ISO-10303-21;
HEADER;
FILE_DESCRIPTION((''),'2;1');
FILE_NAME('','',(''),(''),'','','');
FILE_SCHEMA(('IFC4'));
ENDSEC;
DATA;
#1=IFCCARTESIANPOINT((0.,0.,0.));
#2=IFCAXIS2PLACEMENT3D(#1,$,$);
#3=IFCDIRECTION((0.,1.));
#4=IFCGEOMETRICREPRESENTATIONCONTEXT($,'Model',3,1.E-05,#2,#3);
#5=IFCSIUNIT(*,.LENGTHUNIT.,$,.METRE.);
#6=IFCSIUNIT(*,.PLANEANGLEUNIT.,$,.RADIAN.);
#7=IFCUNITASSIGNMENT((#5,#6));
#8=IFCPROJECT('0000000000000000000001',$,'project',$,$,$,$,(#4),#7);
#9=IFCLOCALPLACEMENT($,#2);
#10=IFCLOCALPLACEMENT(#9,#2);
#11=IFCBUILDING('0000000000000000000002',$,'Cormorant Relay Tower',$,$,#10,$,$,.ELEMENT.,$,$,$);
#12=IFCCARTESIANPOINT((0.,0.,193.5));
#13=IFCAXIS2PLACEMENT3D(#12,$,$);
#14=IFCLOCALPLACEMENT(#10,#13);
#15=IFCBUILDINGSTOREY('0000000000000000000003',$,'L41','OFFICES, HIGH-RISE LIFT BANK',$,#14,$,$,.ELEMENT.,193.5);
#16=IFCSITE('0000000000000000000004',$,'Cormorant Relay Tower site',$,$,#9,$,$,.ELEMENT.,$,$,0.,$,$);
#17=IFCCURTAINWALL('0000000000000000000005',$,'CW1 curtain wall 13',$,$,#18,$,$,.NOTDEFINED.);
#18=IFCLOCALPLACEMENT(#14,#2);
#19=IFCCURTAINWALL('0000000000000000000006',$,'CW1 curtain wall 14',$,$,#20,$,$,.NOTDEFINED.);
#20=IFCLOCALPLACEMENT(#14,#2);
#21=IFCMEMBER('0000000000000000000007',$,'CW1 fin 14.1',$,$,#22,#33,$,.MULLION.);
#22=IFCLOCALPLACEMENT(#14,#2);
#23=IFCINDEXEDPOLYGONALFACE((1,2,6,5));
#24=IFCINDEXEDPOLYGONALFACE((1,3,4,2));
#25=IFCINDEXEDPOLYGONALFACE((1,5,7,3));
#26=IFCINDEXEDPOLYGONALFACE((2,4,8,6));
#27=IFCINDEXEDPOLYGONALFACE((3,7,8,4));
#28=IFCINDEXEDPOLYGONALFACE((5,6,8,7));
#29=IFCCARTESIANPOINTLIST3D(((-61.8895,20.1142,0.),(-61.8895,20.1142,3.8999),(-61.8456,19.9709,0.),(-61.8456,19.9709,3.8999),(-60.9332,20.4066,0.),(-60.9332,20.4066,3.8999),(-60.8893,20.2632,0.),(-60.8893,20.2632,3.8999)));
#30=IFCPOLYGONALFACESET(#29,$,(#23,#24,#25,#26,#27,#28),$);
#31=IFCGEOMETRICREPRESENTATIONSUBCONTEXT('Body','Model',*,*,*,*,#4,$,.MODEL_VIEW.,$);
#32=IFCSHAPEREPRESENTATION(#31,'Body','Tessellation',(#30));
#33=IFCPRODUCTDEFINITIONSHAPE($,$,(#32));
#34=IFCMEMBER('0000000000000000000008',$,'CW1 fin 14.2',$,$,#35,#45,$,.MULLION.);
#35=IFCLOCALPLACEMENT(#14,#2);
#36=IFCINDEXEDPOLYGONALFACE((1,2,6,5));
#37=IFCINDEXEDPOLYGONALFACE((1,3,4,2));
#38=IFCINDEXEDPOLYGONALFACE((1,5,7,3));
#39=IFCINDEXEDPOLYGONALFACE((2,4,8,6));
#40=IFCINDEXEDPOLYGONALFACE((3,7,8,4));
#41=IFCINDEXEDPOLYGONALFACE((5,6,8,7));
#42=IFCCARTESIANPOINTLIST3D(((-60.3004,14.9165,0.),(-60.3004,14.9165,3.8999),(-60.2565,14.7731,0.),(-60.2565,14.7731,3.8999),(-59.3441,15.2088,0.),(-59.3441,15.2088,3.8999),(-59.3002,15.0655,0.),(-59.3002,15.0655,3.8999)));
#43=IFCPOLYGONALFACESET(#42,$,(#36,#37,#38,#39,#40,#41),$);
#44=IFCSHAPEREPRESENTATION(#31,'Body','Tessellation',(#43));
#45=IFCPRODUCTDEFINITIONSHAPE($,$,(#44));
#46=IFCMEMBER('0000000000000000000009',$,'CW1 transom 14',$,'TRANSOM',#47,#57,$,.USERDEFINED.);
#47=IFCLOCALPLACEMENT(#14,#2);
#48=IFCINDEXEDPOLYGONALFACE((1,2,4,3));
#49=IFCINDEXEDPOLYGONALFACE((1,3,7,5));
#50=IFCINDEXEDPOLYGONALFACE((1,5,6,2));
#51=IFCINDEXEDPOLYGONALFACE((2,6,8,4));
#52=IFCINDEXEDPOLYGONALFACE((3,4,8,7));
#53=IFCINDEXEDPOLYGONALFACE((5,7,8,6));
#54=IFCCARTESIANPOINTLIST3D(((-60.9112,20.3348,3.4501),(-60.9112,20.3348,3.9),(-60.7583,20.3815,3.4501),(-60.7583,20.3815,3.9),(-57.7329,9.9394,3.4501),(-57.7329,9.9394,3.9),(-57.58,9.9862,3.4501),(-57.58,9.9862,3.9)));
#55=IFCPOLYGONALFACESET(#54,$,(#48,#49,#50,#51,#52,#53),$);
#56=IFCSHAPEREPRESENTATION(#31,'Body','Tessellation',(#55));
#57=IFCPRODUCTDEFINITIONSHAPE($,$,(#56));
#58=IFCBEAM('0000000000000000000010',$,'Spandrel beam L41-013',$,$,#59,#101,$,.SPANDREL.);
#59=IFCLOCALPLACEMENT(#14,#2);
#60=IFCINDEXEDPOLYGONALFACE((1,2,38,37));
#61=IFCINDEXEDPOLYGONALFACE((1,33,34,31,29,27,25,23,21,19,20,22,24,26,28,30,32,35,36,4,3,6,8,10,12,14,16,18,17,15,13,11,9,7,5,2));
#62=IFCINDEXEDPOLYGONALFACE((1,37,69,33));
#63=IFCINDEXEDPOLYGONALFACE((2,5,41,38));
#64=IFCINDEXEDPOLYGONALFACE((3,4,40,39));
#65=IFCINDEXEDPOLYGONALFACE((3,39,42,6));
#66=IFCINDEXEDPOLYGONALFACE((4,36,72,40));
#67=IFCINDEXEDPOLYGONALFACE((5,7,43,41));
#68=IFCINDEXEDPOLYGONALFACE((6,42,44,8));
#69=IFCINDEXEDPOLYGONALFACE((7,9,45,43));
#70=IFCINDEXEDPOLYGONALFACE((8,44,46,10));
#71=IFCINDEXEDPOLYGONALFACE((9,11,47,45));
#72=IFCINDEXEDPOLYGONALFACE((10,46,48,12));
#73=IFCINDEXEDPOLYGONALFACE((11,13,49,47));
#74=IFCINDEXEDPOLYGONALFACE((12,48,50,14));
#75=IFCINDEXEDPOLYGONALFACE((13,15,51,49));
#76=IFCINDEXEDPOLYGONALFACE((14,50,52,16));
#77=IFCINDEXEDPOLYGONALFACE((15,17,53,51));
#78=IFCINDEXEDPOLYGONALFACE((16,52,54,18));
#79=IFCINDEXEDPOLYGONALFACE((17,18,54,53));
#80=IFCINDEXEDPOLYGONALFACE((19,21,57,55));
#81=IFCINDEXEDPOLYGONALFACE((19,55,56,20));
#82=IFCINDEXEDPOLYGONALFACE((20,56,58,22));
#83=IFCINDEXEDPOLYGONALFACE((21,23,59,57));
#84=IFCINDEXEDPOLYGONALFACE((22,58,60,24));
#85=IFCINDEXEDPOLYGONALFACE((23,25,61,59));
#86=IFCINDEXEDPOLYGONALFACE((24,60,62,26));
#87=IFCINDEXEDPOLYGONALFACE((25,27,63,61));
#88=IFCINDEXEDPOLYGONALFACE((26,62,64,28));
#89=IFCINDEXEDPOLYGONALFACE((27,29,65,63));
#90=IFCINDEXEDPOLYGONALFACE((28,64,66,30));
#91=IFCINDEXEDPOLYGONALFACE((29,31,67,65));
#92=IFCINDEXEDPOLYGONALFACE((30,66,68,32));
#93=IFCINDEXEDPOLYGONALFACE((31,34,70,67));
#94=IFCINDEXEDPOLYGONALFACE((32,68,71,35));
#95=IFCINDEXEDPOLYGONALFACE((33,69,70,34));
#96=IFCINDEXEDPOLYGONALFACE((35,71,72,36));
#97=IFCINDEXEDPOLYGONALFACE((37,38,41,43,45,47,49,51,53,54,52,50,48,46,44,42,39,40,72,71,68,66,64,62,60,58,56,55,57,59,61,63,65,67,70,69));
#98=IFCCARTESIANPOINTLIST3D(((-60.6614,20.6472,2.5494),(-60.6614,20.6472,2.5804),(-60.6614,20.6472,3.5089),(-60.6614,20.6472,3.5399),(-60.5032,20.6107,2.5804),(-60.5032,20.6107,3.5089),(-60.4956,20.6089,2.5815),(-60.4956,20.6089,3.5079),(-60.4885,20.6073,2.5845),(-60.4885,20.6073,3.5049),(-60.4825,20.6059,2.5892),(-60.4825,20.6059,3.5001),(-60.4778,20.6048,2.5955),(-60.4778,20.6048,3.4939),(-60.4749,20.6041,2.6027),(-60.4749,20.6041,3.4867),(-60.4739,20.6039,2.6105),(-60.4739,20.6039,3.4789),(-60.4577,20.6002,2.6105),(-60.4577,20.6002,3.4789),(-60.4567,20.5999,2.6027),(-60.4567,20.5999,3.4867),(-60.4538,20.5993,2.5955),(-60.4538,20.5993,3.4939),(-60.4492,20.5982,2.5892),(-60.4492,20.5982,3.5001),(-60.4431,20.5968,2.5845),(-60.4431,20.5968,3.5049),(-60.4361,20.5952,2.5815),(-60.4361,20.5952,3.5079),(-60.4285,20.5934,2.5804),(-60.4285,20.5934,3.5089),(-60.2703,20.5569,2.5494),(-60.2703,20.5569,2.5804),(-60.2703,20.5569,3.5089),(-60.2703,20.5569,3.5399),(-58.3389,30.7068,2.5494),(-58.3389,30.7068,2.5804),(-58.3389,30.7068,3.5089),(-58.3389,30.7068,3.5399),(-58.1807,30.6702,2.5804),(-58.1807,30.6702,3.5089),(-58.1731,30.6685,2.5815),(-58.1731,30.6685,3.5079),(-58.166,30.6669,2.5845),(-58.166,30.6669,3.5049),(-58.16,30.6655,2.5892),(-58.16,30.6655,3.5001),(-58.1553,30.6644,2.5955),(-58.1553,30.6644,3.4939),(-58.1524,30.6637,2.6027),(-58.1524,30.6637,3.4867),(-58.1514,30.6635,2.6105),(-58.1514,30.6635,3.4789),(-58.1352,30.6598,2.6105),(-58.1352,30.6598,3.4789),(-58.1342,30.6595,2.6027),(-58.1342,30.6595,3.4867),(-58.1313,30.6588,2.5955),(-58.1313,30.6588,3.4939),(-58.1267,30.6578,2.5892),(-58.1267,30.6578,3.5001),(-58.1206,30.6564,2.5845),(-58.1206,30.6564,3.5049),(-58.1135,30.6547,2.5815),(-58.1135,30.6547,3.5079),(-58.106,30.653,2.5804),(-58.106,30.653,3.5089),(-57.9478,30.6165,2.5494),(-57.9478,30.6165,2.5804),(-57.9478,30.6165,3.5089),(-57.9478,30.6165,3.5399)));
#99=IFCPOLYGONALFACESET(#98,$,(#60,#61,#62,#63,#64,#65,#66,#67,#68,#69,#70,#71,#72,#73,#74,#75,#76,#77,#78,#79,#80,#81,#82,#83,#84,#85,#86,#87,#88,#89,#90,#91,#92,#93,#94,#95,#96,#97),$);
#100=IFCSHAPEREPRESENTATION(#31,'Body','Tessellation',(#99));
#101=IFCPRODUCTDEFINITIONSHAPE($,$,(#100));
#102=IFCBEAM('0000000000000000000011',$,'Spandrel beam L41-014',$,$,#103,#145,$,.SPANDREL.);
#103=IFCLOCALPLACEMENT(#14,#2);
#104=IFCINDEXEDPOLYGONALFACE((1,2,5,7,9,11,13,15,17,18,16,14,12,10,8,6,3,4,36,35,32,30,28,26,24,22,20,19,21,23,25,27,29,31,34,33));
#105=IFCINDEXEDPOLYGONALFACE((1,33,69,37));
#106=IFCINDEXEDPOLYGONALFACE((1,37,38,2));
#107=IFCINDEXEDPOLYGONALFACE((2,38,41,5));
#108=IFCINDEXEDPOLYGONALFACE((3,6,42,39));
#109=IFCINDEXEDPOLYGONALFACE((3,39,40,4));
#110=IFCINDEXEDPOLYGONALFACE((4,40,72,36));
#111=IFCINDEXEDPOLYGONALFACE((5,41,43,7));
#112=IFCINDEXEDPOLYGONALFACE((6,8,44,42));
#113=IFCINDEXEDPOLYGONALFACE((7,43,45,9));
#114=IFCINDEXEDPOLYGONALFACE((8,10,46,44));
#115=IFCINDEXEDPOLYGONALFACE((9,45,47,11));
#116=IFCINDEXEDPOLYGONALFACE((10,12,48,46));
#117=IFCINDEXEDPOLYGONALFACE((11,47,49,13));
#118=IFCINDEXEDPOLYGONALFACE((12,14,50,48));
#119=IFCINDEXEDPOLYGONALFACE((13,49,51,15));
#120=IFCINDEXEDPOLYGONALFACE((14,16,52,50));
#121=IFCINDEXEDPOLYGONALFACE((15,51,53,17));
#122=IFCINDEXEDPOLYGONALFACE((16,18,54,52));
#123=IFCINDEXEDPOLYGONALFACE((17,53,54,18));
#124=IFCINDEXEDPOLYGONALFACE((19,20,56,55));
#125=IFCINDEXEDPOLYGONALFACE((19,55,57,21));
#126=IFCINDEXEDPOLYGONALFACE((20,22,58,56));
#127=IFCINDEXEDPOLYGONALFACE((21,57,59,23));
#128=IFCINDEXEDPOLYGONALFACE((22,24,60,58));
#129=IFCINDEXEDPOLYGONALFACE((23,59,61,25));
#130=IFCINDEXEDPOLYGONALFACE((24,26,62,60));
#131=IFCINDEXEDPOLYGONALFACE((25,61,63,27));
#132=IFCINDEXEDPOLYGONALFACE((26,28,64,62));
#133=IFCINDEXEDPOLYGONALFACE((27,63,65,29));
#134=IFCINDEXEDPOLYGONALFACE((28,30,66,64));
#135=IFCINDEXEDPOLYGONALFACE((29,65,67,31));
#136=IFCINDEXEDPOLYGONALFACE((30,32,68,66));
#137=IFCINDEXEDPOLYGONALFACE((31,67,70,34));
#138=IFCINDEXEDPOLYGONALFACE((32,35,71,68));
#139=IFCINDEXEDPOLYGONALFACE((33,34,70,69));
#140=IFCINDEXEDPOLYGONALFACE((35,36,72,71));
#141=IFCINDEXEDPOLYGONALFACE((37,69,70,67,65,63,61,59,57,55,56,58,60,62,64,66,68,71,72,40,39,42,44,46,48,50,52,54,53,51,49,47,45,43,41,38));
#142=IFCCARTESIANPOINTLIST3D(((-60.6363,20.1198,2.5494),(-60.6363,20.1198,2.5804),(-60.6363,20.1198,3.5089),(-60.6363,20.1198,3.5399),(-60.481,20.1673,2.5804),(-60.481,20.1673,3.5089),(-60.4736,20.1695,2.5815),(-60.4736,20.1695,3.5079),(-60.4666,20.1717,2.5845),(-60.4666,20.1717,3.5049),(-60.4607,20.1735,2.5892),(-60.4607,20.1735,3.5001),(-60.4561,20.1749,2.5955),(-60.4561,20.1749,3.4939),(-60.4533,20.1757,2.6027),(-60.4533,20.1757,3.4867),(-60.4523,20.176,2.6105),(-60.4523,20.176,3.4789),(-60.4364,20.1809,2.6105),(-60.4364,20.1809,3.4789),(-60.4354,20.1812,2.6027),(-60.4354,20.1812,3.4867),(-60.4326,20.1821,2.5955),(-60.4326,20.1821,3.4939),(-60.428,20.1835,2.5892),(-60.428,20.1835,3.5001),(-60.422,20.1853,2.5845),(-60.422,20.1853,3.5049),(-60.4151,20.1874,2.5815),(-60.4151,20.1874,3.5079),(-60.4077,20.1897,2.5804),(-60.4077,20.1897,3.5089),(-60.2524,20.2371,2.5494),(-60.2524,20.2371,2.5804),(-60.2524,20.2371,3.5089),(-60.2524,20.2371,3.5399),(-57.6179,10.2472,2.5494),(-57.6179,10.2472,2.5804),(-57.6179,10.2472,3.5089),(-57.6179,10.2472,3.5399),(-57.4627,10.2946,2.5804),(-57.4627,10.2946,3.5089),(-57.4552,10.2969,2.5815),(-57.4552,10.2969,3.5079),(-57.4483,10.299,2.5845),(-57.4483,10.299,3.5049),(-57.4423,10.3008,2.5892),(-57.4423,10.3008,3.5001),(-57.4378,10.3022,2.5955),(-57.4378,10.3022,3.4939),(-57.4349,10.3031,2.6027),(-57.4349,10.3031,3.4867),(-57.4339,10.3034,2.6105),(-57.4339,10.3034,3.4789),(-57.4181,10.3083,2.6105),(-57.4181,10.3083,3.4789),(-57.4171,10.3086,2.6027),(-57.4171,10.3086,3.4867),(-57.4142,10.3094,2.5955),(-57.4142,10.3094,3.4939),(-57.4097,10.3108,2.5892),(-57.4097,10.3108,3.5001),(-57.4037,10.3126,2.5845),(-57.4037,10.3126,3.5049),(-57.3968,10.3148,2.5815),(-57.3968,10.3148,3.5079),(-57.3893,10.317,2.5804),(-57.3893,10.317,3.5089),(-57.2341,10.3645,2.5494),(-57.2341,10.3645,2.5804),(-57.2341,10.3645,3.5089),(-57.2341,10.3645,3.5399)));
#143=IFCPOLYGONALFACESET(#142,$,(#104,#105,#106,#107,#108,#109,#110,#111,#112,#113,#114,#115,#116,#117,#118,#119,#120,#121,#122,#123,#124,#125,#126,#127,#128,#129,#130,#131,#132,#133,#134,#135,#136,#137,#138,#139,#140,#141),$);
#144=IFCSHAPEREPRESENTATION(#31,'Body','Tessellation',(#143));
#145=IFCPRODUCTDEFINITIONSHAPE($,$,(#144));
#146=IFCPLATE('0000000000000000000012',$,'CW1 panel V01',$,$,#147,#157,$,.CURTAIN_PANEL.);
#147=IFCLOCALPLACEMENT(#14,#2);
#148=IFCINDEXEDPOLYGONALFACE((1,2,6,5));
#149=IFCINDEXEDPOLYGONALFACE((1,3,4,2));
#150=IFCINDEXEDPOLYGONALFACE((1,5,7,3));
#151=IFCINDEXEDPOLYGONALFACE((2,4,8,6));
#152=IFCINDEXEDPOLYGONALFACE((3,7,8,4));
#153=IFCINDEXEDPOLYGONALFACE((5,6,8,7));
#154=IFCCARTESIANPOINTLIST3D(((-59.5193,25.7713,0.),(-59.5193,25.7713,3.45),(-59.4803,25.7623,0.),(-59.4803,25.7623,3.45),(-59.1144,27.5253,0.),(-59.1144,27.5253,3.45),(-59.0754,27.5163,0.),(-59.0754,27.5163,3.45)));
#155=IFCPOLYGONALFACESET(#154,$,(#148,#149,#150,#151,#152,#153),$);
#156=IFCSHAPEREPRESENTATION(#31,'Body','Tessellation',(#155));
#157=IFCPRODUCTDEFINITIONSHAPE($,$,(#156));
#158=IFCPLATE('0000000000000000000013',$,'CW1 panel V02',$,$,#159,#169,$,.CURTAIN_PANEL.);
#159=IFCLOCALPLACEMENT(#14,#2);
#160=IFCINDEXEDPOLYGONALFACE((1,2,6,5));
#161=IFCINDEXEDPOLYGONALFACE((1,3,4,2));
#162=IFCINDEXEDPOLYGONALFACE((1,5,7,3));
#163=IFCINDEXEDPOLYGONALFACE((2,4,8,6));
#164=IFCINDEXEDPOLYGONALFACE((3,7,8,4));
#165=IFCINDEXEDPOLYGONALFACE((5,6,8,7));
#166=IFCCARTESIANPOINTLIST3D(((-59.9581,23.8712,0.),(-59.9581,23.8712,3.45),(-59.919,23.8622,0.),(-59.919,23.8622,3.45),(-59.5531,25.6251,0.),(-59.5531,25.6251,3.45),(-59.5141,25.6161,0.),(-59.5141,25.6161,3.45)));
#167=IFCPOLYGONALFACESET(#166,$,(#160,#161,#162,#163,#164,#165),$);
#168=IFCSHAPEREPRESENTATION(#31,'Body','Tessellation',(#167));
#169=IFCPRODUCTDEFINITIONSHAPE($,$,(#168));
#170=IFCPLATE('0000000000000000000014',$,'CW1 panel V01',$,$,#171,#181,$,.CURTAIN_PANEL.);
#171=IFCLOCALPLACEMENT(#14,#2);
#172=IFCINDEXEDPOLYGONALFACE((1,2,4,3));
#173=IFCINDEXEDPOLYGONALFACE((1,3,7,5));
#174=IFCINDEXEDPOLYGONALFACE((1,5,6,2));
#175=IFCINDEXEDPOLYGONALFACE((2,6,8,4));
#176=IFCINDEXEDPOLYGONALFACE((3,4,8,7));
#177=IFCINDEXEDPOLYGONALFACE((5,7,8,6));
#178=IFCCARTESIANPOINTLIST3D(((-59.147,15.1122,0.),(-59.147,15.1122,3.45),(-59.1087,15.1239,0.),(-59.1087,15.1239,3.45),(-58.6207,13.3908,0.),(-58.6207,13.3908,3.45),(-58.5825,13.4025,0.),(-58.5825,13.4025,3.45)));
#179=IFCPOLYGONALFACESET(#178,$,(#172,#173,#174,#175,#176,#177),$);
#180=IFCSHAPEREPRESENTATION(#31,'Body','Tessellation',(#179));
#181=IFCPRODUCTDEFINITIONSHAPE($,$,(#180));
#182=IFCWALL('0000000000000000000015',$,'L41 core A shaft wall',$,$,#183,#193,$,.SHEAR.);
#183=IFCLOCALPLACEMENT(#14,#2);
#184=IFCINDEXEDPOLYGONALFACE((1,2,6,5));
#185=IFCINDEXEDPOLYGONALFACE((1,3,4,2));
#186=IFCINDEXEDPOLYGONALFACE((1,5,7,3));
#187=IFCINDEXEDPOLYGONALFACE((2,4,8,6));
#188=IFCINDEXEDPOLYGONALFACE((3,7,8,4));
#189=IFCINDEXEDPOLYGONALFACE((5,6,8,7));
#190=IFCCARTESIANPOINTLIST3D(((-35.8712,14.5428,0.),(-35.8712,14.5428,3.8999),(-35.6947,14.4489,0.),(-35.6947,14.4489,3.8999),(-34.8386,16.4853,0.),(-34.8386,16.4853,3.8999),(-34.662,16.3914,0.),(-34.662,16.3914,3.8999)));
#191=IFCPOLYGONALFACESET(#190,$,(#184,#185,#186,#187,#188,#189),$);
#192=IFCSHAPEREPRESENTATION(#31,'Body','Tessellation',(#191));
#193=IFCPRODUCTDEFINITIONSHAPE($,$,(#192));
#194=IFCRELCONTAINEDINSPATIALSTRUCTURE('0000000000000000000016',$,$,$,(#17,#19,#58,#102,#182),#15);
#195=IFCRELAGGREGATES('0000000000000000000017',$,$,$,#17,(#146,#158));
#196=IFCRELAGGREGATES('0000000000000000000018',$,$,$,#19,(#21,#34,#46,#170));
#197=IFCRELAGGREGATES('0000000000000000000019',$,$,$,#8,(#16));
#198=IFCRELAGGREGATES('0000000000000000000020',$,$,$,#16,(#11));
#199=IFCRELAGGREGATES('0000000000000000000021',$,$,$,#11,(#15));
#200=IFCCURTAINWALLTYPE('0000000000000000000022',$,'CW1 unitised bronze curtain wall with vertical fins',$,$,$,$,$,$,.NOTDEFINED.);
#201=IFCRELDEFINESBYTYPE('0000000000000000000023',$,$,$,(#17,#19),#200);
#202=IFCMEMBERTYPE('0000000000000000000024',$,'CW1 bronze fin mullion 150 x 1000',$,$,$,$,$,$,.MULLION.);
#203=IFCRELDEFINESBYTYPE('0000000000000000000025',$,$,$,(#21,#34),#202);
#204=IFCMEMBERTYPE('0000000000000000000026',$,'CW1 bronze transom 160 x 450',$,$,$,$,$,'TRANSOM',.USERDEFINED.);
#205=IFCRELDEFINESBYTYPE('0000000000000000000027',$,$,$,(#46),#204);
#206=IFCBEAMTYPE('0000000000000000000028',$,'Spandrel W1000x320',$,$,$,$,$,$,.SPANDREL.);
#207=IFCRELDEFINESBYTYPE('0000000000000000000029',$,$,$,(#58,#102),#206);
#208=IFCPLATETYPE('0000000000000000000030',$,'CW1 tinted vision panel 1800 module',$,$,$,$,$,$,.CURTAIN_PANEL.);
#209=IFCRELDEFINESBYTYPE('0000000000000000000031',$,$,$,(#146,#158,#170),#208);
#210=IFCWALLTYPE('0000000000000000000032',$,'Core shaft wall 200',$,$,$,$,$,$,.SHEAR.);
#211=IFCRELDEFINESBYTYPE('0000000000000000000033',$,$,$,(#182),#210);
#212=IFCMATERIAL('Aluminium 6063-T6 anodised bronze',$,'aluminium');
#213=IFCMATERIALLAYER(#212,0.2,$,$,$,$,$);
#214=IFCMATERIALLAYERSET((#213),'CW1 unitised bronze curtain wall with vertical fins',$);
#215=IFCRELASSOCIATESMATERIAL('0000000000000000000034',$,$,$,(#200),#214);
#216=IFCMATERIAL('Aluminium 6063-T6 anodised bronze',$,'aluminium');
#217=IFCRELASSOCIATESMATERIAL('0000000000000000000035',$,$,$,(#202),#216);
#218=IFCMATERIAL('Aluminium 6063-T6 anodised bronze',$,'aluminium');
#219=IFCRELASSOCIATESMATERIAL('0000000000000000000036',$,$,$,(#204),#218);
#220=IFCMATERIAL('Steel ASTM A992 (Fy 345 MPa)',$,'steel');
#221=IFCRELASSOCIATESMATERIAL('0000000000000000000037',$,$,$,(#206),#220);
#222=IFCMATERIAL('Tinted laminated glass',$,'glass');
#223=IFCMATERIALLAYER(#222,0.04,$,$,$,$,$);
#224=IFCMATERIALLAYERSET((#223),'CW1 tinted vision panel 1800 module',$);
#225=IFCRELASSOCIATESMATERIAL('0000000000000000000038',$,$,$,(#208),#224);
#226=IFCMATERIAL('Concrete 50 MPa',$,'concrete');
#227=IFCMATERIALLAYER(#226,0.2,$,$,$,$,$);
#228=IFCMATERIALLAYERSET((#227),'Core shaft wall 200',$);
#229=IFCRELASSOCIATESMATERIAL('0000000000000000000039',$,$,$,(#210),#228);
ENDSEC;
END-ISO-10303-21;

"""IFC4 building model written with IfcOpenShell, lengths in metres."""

from ifc_helpers import new_model, si_unit, direction, frame, frame_2d, origin, origin_2d, place, context, subcontext, project, spatial, rectangle, i_section, extrude, material, layer, layer_set, material_profile, profile_set, type_object, element, aggregate, save


model = new_model("IFC4")

# Units and contexts
model_context = context("Model", 3, precision=1e-05, world=origin(), true_north=direction((0.0, 1.0)))
body_context = subcontext(model_context, "Body", "Model", "MODEL_VIEW")
ifc_project = project(units=[si_unit("LENGTHUNIT", "METRE"), si_unit("PLANEANGLEUNIT", "RADIAN")], contexts=[model_context])

# Site, building, storey
site_placement = place(None, origin())
site = spatial("IfcSite", under=ifc_project, at=site_placement, Name="Cormorant Relay Tower site", CompositionType="ELEMENT", RefElevation=0.0)
building_placement = place(site_placement, origin())
building = spatial("IfcBuilding", under=site, at=building_placement, Name="Cormorant Relay Tower", CompositionType="ELEMENT")
storey_placement = place(building_placement, frame((0.0, 0.0, 193.5)))
storey = spatial("IfcBuildingStorey", under=building, at=storey_placement, Name="L41", Description="OFFICES, HIGH-RISE LIFT BANK", CompositionType="ELEMENT", Elevation=193.5)

# Curtain wall
ifc_material_1 = material(Name="Aluminium 6063-T6 anodised bronze", Category="aluminium")
ifc_layer_1 = layer(ifc_material_1, 0.2)
ifc_layer_set_1 = layer_set([ifc_layer_1], Name="CW1 unitised bronze curtain wall with vertical fins")
curtain_wall_type = type_object("IfcCurtainWallType", Name="CW1 unitised bronze curtain wall with vertical fins", PredefinedType="NOTDEFINED", material=ifc_layer_set_1)
curtain_wall_1_placement = place(storey_placement, origin())
curtain_wall_1 = element("IfcCurtainWall", 1, at=curtain_wall_1_placement, inside=storey, type_object=curtain_wall_type, Name="CW1 curtain wall 13", PredefinedType="NOTDEFINED")
ifc_material_2 = material(Name="Aluminium 6063-T6 anodised bronze", Category="aluminium")
ifc_material_profile_1 = material_profile(ifc_material_2, rectangle(XDim=0.1499, YDim=1.0, at=origin_2d()), Name="AL 150x1000")
ifc_profile_set_1 = profile_set([ifc_material_profile_1], Name="Aluminium 6063-T6 anodised bronze")
member_type_1 = type_object("IfcMemberType", Name="CW1 bronze fin mullion 150 x 1000", PredefinedType="MULLION", material=ifc_profile_set_1)

# Curtain wall, members
curtain_wall_2_placement = place(storey_placement, origin())
curtain_wall_2 = element("IfcCurtainWall", 2, at=curtain_wall_2_placement, inside=storey, type_object=curtain_wall_type, Name="CW1 curtain wall 14", PredefinedType="NOTDEFINED")
member_1_placement = place(storey_placement, frame((-61.3894, 20.1887, 0.0), z_axis=(0.0, 0.0, 1.0), x_axis=(0.292372, -0.956305, 0.0)))
member_1 = element("IfcMember", 3, at=member_1_placement, type_object=member_type_1, Name="CW1 fin 14.1", PredefinedType="MULLION", context=body_context, shape_type="SweptSolid", body=[
    extrude(rectangle(XDim=0.1499, YDim=1.0, at=origin_2d()), origin(), (0.0, 0.0, 1.0), 3.8999),
])
member_2_placement = place(storey_placement, frame((-59.8003, 14.991, 0.0), z_axis=(0.0, 0.0, 1.0), x_axis=(0.292372, -0.956305, 0.0)))
member_2 = element("IfcMember", 4, at=member_2_placement, type_object=member_type_1, Name="CW1 fin 14.2", PredefinedType="MULLION", context=body_context, shape_type="SweptSolid", body=[
    extrude(rectangle(XDim=0.1499, YDim=1.0, at=origin_2d()), origin(), (0.0, 0.0, 1.0), 3.8999),
])
ifc_material_3 = material(Name="Aluminium 6063-T6 anodised bronze", Category="aluminium")
ifc_material_profile_2 = material_profile(ifc_material_3, rectangle(XDim=0.1599, YDim=0.45, at=origin_2d()), Name="AL 160x450")
ifc_profile_set_2 = profile_set([ifc_material_profile_2], Name="Aluminium 6063-T6 anodised bronze")
member_type_2 = type_object("IfcMemberType", Name="CW1 bronze transom 160 x 450", ElementType="TRANSOM", PredefinedType="USERDEFINED", material=ifc_profile_set_2)
member_3_placement = place(storey_placement, frame((-60.8347, 20.3582, 3.675), z_axis=(0.292378, -0.956303, 0.0), x_axis=(0.956303, 0.292378, 0.0)))
member_3 = element("IfcMember", 5, at=member_3_placement, type_object=member_type_2, Name="CW1 transom 14", ObjectType="TRANSOM", PredefinedType="USERDEFINED", context=body_context, shape_type="SweptSolid", body=[
    extrude(rectangle(XDim=0.1599, YDim=0.45, at=origin_2d()), origin(), (0.0, 0.0, 1.0), 10.8704),
])

# Beams
ifc_material_4 = material(Name="Steel ASTM A992 (Fy 345 MPa)", Category="steel")
ifc_material_profile_3 = material_profile(ifc_material_4, i_section(OverallWidth=0.4014, OverallDepth=0.9905, WebThickness=0.0166, FlangeThickness=0.031, FilletRadius=0.03, at=origin_2d()), Name="W1000x320")
ifc_profile_set_3 = profile_set([ifc_material_profile_3], Name="Steel ASTM A992 (Fy 345 MPa)")
beam_type = type_object("IfcBeamType", Name="Spandrel W1000x320", PredefinedType="SPANDREL", material=ifc_profile_set_3)
beam_1_placement = place(storey_placement, frame((-58.1433, 30.6616, 3.0447), z_axis=(-0.224958, -0.974368, 0.0), x_axis=(0.974368, -0.224958, 0.0)))
element("IfcBeam", 6, at=beam_1_placement, inside=storey, type_object=beam_type, Name="Spandrel beam L41-013", PredefinedType="SPANDREL", context=body_context, shape_type="SweptSolid", body=[
    extrude(i_section(OverallWidth=0.4014, OverallDepth=0.9905, WebThickness=0.0166, FlangeThickness=0.031, FilletRadius=0.03, at=origin_2d()), origin(), (0.0, 0.0, 1.0), 10.3242),
])
beam_2_placement = place(storey_placement, frame((-60.4443, 20.1785, 3.0447), z_axis=(0.292369, -0.956306, 0.0), x_axis=(0.956306, 0.292369, 0.0)))
element("IfcBeam", 7, at=beam_2_placement, inside=storey, type_object=beam_type, Name="Spandrel beam L41-014", PredefinedType="SPANDREL", context=body_context, shape_type="SweptSolid", body=[
    extrude(i_section(OverallWidth=0.4014, OverallDepth=0.9905, WebThickness=0.0166, FlangeThickness=0.031, FilletRadius=0.03, at=origin_2d()), origin(), (0.0, 0.0, 1.0), 10.3237),
])

# Plates
ifc_material_5 = material(Name="Tinted laminated glass", Category="glass")
ifc_layer_2 = layer(ifc_material_5, 0.04)
ifc_layer_set_2 = layer_set([ifc_layer_2], Name="CW1 tinted vision panel 1800 module")
plate_type = type_object("IfcPlateType", Name="CW1 tinted vision panel 1800 module", PredefinedType="CURTAIN_PANEL", material=ifc_layer_set_2)
plate_1_placement = place(storey_placement, frame((-59.2974, 26.6438, 0.0), z_axis=(0.0, 0.0, 1.0), x_axis=(-0.224951, -0.97437, 0.0)))
plate_1 = element("IfcPlate", 8, at=plate_1_placement, type_object=plate_type, Name="CW1 panel V01", PredefinedType="CURTAIN_PANEL", context=body_context, shape_type="SweptSolid", body=[
    extrude(rectangle(XDim=1.8, YDim=0.04, at=origin_2d()), origin(), (0.0, 0.0, 1.0), 3.45),
])
plate_2_placement = place(storey_placement, frame((-59.7361, 24.7437, 0.0), z_axis=(0.0, 0.0, 1.0), x_axis=(-0.224951, -0.97437, 0.0)))
plate_2 = element("IfcPlate", 9, at=plate_2_placement, type_object=plate_type, Name="CW1 panel V02", PredefinedType="CURTAIN_PANEL", context=body_context, shape_type="SweptSolid", body=[
    extrude(rectangle(XDim=1.8, YDim=0.04, at=origin_2d()), origin(), (0.0, 0.0, 1.0), 3.45),
])
plate_3_placement = place(storey_placement, frame((-58.8647, 14.2573, 0.0), z_axis=(0.0, 0.0, 1.0), x_axis=(0.292372, -0.956305, 0.0)))
plate_3 = element("IfcPlate", 10, at=plate_3_placement, type_object=plate_type, Name="CW1 panel V01", PredefinedType="CURTAIN_PANEL", context=body_context, shape_type="SweptSolid", body=[
    extrude(rectangle(XDim=1.8, YDim=0.04, at=origin_2d()), origin(), (0.0, 0.0, 1.0), 3.45),
])

# Wall
ifc_material_6 = material(Name="Concrete 50 MPa", Category="concrete")
ifc_layer_3 = layer(ifc_material_6, 0.2)
ifc_layer_set_3 = layer_set([ifc_layer_3], Name="Core shaft wall 200")
wall_type_1 = type_object("IfcWallType", Name="Core shaft wall 200", PredefinedType="SHEAR", material=ifc_layer_set_3)
wall_1_placement = place(storey_placement, frame((-34.7502, 16.4385, 0.0), z_axis=(0.0, 0.0, 1.0), x_axis=(-0.469401, -0.882985, 0.0)))
element("IfcWall", 11, at=wall_1_placement, inside=storey, type_object=wall_type_1, Name="L41 core A shaft wall", PredefinedType="SHEAR", context=body_context, shape_type="SweptSolid", body=[
    extrude(rectangle(XDim=2.2, YDim=0.2, at=frame_2d((1.1001, 0.0))), origin(), (0.0, 0.0, 1.0), 3.8999),
])

aggregate(curtain_wall_1, [plate_1, plate_2])
aggregate(curtain_wall_2, [member_1, member_2, member_3, plate_3])

save(model, "model.ifc")
